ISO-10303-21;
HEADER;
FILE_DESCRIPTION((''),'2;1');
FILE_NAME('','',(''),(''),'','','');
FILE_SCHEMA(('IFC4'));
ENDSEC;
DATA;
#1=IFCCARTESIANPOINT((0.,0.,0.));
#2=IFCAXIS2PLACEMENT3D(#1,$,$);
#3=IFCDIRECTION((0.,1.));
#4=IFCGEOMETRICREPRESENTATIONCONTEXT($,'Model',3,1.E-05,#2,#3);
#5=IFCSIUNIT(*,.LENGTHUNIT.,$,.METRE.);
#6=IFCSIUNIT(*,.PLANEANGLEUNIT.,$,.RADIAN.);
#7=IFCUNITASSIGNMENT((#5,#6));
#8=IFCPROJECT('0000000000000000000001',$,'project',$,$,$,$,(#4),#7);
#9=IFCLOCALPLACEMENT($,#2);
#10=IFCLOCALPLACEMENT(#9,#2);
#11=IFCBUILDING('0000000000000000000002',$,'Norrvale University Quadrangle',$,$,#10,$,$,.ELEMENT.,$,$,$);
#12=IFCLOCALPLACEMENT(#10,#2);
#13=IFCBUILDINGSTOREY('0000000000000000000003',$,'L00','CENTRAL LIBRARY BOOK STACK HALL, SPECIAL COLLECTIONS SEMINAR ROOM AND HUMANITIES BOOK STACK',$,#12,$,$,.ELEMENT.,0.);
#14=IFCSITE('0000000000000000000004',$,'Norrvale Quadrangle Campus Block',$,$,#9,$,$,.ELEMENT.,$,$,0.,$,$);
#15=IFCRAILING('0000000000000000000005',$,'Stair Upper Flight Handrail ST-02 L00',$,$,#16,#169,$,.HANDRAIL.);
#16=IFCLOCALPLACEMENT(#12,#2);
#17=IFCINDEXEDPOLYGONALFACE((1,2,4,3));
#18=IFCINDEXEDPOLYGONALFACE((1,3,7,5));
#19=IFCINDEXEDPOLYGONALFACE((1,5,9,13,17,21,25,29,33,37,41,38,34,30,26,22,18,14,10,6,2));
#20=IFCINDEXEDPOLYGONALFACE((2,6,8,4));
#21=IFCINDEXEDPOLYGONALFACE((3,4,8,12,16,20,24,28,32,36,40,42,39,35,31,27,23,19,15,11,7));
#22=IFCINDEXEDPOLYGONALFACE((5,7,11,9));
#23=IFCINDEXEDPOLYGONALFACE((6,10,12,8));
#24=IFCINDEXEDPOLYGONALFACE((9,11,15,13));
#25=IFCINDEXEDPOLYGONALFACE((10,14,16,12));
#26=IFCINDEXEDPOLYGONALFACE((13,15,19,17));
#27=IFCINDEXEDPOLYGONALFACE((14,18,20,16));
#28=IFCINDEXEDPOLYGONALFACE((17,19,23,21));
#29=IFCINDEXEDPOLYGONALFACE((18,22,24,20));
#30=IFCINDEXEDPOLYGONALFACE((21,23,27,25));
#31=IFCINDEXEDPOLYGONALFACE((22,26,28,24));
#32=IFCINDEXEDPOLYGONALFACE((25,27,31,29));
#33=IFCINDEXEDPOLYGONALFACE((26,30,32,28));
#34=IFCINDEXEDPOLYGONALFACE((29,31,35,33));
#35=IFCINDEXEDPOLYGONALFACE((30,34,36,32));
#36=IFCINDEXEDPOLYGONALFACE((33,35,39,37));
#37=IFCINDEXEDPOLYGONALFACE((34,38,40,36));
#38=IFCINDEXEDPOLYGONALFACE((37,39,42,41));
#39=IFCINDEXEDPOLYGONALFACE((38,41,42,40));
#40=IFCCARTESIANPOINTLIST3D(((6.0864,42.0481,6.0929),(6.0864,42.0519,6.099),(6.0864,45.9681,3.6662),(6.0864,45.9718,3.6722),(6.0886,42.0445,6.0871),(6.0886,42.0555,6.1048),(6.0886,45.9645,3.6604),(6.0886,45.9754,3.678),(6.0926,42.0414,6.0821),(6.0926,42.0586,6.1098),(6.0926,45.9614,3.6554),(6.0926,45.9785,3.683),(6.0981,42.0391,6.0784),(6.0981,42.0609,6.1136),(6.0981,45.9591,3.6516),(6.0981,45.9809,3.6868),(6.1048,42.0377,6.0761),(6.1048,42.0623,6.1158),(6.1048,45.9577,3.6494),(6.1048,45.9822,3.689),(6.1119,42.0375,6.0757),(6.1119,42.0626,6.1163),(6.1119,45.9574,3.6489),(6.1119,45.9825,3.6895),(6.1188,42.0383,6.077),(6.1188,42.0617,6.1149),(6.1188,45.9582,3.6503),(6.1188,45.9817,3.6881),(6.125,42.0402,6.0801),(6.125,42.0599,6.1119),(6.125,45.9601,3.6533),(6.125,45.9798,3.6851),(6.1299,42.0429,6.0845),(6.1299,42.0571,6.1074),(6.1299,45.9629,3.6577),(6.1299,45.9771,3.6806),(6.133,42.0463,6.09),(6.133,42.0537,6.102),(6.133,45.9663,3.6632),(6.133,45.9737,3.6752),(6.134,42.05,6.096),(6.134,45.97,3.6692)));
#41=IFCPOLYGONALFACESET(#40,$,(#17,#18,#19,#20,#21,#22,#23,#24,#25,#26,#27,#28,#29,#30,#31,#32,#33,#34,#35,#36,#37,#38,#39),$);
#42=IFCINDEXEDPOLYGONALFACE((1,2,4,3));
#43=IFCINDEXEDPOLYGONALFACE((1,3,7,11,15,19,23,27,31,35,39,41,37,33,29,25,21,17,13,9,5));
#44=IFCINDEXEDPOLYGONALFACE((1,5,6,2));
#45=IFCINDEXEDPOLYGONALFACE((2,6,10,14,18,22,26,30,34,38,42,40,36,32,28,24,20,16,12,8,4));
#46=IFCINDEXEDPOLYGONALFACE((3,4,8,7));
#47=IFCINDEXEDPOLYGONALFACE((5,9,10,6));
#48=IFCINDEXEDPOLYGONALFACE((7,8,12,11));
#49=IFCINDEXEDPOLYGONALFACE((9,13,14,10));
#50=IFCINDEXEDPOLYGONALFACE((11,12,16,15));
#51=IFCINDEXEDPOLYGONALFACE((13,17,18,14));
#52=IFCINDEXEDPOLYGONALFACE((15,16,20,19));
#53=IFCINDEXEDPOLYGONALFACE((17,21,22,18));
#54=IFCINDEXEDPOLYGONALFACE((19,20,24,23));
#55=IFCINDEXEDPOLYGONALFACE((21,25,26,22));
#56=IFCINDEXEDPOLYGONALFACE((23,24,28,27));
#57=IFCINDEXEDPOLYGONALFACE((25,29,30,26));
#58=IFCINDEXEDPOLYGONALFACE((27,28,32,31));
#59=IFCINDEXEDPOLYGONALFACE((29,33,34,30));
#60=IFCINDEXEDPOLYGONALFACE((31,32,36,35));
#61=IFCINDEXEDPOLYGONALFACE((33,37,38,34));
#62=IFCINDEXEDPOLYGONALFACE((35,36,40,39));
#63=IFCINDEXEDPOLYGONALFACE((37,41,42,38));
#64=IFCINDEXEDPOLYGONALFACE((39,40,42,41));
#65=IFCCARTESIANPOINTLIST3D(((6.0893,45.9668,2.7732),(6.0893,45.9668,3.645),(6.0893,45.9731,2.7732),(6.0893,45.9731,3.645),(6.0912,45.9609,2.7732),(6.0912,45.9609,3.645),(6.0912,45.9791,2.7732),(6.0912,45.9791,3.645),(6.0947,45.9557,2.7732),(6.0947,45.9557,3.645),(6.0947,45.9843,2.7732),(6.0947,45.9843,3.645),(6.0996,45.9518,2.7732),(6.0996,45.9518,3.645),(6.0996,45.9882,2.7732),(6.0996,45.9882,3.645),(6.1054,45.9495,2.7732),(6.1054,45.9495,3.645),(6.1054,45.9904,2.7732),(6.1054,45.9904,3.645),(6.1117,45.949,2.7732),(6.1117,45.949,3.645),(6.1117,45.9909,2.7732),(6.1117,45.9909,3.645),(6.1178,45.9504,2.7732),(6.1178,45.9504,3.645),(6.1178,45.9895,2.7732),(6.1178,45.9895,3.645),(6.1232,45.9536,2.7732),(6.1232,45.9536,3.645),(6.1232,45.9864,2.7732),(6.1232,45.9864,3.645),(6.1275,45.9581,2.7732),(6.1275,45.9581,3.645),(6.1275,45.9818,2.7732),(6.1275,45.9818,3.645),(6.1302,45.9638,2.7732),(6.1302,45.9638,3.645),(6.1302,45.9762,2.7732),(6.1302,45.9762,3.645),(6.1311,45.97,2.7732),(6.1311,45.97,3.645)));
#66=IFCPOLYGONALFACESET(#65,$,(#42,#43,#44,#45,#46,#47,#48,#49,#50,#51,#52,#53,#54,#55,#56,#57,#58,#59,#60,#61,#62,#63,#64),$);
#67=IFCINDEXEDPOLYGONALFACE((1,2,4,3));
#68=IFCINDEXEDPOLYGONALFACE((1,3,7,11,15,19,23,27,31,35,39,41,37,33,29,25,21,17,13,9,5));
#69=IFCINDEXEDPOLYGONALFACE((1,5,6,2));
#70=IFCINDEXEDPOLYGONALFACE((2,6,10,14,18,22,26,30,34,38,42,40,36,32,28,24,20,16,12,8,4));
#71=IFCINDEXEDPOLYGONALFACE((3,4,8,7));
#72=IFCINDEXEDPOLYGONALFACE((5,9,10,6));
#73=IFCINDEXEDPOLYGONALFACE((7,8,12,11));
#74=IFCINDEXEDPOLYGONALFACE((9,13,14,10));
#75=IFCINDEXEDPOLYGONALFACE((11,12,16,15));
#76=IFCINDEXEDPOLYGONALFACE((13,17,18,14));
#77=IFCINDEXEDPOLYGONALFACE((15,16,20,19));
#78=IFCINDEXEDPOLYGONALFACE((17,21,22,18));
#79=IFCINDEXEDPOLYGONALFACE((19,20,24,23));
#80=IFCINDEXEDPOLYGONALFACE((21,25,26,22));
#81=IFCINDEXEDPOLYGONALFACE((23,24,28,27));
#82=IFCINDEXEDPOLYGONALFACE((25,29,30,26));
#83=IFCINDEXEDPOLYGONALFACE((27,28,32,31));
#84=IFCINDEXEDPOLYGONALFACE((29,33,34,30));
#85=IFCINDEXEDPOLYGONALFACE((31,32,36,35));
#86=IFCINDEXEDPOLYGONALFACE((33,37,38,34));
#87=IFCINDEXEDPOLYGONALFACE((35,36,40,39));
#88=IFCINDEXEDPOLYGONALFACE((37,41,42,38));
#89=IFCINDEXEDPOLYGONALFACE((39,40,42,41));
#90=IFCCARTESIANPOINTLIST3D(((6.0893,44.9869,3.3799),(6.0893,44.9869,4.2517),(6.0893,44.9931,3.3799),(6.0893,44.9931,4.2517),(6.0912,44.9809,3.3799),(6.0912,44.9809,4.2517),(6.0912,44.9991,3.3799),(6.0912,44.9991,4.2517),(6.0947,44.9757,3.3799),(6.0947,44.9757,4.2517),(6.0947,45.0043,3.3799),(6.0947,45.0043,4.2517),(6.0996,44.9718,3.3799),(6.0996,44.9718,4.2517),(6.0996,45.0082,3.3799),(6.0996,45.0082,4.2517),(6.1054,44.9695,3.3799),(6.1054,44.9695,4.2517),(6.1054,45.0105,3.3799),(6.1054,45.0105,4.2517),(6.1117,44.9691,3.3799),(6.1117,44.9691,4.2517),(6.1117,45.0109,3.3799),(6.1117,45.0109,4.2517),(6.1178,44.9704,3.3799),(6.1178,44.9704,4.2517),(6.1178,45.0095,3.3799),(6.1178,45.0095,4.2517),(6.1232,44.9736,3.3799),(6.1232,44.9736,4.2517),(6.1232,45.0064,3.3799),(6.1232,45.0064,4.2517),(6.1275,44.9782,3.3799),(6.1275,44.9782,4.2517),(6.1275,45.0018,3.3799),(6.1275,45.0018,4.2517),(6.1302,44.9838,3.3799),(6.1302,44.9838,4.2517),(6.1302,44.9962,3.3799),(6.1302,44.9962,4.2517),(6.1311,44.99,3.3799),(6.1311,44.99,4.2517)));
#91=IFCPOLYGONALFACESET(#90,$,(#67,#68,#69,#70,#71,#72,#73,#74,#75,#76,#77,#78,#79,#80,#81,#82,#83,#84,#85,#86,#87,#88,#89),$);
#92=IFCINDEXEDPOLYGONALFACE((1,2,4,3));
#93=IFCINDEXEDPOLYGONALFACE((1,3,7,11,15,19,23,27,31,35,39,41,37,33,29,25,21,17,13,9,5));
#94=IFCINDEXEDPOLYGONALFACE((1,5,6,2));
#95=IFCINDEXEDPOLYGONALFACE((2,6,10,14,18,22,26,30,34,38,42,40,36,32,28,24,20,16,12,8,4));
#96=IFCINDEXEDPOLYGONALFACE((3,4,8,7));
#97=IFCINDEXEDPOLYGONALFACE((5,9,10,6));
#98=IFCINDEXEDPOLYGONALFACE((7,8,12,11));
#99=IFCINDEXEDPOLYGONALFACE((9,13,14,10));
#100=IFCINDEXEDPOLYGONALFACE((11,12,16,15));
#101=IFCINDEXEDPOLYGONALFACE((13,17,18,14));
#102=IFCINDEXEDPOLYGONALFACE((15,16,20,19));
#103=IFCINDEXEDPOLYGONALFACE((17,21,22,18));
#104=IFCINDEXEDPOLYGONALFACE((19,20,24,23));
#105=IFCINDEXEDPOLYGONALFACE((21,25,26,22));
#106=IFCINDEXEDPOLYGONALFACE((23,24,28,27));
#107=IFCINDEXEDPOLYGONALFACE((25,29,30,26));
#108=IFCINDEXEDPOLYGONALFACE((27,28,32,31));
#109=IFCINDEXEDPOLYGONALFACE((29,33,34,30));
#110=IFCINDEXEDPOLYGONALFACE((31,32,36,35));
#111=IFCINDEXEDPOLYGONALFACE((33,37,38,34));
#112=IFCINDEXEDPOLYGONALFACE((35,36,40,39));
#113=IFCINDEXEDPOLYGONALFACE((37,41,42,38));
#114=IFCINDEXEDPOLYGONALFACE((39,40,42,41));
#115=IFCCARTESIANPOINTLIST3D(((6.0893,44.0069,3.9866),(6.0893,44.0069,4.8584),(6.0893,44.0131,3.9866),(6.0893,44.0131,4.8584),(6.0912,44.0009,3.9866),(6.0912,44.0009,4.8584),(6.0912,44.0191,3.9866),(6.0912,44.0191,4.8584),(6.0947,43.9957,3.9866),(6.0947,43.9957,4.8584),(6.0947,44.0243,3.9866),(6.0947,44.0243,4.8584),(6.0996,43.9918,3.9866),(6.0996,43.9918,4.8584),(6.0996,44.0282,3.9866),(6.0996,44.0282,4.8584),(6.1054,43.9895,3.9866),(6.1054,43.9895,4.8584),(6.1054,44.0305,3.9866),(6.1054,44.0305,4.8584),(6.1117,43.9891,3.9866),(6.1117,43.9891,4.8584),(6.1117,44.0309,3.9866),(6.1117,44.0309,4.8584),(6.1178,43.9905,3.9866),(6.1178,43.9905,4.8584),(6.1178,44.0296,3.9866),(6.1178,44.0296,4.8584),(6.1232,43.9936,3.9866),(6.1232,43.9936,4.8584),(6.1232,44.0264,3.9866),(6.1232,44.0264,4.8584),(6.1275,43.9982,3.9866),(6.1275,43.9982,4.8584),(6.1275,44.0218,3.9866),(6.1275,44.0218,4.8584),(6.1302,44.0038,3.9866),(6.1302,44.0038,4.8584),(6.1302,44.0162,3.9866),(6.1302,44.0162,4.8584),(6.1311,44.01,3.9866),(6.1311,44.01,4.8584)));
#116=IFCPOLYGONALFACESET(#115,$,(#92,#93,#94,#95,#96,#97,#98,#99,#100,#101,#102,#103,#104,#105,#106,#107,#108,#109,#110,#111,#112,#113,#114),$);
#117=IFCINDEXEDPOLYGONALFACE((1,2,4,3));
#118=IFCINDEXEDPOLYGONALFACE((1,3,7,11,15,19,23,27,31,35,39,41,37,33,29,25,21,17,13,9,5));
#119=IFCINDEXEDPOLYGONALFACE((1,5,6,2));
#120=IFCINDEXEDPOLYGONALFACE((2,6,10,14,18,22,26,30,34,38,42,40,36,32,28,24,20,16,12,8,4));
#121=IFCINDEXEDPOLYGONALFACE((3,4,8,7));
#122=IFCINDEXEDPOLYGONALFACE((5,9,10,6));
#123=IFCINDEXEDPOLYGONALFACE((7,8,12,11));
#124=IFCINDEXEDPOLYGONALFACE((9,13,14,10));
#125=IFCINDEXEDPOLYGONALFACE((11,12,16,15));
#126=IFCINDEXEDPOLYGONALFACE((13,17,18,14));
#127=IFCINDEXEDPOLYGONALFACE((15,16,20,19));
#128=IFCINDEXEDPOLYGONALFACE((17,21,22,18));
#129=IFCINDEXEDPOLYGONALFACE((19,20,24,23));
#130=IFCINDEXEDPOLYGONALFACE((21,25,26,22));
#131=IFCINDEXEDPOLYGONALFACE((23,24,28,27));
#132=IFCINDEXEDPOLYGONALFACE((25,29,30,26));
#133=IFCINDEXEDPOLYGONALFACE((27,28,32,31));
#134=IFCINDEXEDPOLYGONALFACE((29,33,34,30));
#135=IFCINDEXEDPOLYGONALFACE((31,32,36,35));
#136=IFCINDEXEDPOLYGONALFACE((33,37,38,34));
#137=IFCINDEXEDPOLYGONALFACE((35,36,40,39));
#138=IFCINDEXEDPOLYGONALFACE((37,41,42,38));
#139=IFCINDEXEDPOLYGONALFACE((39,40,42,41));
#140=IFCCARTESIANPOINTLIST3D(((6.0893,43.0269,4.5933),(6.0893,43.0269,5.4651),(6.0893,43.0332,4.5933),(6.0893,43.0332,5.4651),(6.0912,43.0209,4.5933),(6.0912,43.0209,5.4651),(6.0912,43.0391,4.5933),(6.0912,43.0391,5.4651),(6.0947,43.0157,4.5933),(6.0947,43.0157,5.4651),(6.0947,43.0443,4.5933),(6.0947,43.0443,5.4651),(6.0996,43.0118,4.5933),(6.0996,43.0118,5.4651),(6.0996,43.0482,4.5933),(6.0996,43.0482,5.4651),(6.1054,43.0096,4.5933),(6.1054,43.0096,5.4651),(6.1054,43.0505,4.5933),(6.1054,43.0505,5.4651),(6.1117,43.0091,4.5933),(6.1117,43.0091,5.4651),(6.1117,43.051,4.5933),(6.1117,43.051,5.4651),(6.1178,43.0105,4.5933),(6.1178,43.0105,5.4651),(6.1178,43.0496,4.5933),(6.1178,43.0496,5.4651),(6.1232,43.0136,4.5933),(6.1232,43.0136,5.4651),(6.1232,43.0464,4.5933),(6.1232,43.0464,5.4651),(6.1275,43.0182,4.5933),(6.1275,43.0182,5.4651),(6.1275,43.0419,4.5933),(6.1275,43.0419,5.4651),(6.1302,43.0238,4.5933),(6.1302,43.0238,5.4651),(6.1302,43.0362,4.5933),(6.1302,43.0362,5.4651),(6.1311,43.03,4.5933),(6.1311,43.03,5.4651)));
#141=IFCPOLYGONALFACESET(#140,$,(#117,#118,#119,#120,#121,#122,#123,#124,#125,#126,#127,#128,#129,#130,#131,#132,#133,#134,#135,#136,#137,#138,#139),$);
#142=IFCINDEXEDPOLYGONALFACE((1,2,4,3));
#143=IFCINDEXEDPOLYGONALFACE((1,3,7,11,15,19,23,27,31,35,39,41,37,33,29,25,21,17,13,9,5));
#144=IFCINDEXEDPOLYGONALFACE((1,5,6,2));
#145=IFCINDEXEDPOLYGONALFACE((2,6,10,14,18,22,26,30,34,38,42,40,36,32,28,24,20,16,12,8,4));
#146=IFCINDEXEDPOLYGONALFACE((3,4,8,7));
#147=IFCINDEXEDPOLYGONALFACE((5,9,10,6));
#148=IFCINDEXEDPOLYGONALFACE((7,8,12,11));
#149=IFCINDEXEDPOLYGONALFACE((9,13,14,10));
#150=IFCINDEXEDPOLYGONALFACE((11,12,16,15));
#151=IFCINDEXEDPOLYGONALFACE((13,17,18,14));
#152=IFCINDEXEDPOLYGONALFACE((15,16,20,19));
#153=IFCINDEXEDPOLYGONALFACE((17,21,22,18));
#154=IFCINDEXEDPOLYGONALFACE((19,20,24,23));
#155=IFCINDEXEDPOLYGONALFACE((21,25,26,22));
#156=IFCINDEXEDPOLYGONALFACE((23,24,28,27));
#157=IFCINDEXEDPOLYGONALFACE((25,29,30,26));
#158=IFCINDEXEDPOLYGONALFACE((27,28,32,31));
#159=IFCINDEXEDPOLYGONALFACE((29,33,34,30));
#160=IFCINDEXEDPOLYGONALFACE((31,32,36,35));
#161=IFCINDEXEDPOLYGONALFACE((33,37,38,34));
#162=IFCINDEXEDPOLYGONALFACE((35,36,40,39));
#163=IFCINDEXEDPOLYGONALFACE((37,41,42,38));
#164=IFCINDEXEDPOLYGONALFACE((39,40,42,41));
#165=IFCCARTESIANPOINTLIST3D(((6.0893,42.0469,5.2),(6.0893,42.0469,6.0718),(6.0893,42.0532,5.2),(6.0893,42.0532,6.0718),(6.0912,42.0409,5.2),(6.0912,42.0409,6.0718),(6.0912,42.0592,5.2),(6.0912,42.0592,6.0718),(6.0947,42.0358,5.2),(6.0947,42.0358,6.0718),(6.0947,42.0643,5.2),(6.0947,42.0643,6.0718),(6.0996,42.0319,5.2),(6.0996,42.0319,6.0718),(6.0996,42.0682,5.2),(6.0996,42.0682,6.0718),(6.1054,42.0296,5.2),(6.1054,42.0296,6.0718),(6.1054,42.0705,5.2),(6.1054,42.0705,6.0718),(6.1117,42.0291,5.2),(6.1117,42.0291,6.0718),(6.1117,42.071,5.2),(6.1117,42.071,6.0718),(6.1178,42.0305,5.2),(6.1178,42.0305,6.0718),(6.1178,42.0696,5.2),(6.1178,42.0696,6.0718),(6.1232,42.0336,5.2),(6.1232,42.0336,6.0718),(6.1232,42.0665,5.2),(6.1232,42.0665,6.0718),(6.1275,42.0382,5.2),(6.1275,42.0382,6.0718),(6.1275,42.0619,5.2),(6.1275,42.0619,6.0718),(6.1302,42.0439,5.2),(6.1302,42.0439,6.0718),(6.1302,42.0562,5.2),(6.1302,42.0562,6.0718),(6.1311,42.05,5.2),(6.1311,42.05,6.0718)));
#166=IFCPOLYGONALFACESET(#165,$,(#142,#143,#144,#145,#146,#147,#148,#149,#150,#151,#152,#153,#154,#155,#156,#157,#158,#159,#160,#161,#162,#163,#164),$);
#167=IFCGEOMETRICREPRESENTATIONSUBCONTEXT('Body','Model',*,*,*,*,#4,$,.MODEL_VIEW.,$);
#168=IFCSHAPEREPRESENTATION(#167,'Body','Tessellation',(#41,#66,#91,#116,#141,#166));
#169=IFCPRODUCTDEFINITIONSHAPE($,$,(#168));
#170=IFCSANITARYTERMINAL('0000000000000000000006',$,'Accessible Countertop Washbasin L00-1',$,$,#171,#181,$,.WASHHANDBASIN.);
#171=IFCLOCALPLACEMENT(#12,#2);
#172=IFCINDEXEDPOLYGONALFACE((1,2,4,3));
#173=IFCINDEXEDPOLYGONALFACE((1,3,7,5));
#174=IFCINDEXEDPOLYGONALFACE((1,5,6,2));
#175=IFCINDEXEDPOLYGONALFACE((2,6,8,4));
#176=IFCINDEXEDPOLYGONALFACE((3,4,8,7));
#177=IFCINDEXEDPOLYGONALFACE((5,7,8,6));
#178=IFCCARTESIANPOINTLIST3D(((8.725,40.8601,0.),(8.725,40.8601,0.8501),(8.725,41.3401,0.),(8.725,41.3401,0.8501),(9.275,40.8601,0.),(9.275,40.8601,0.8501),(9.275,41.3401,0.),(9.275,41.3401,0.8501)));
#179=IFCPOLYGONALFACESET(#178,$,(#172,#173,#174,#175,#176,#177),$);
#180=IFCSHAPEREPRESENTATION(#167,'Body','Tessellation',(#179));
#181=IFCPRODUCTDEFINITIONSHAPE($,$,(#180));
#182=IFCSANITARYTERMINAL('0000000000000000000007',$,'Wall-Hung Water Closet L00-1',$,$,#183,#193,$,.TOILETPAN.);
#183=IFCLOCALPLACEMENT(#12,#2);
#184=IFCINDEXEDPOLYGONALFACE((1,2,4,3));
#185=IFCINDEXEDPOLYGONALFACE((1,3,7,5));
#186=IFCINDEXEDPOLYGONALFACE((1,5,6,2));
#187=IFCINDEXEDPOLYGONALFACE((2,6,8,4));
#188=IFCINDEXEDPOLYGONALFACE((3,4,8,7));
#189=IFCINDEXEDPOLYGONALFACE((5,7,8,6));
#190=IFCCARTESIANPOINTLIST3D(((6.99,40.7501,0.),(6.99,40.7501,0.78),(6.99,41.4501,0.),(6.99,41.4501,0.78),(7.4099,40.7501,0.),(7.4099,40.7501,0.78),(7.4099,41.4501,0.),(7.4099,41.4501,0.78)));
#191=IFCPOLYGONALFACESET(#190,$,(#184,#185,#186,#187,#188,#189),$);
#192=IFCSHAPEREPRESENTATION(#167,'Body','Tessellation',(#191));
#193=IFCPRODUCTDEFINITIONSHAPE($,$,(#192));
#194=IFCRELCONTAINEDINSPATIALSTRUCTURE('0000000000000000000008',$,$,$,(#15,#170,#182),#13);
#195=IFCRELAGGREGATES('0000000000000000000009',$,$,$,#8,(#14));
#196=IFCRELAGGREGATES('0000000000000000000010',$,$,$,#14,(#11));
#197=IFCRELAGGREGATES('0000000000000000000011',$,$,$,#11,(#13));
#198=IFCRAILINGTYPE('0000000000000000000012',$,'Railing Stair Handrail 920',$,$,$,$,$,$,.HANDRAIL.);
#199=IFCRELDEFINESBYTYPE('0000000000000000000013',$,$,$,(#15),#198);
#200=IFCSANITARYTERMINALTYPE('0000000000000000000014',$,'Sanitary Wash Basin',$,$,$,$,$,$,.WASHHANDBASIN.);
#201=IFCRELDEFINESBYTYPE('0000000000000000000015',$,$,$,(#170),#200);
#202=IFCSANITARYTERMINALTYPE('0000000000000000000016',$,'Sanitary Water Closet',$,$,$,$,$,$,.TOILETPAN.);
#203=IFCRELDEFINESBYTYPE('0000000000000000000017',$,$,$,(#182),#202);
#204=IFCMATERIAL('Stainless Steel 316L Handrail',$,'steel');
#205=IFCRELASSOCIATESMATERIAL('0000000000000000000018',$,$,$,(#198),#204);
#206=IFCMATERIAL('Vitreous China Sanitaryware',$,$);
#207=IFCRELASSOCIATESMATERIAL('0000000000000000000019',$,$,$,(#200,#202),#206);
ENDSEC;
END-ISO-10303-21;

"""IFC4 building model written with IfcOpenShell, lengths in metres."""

from ifc_helpers import new_model, si_unit, direction, frame, origin, origin_2d, place, context, subcontext, project, spatial, rectangle, circle, extrude, material, type_object, element, save


model = new_model("IFC4")

# Units and contexts
model_context = context("Model", 3, precision=1e-05, world=origin(), true_north=direction((0.0, 1.0)))
body_context = subcontext(model_context, "Body", "Model", "MODEL_VIEW")
ifc_project = project(units=[si_unit("LENGTHUNIT", "METRE"), si_unit("PLANEANGLEUNIT", "RADIAN")], contexts=[model_context])

# Site, building, storey
site_placement = place(None, origin())
site = spatial("IfcSite", under=ifc_project, at=site_placement, Name="Norrvale Quadrangle Campus Block", CompositionType="ELEMENT", RefElevation=0.0)
building_placement = place(site_placement, origin())
building = spatial("IfcBuilding", under=site, at=building_placement, Name="Norrvale University Quadrangle", CompositionType="ELEMENT")
storey_placement = place(building_placement, origin())
storey = spatial("IfcBuildingStorey", under=building, at=storey_placement, Name="L00", Description="CENTRAL LIBRARY BOOK STACK HALL, SPECIAL COLLECTIONS SEMINAR ROOM AND HUMANITIES BOOK STACK", CompositionType="ELEMENT", Elevation=0.0)

# Railing
ifc_material_1 = material(Name="Stainless Steel 316L Handrail", Category="steel")
railing_type_1 = type_object("IfcRailingType", Name="Railing Stair Handrail 920", PredefinedType="HANDRAIL", material=ifc_material_1)
railing_1_placement = place(storey_placement, frame((6.1101, 45.97, 2.7732)))
element("IfcRailing", 1, at=railing_1_placement, inside=storey, type_object=railing_type_1, Name="Stair Upper Flight Handrail ST-02 L00", PredefinedType="HANDRAIL", context=body_context, shape_type="SweptSolid", body=[
    extrude(circle(Radius=0.0239, at=origin_2d()), frame((0.0, 0.0, 0.896), z_axis=(0.0, -0.850252, 0.526376), x_axis=(1.0, 0.0, 0.0)), (0.0, 0.0, 1.0), 4.6104),
    extrude(circle(Radius=0.021, at=origin_2d()), origin(), (0.0, 0.0, 1.0), 0.8718),
    extrude(circle(Radius=0.021, at=origin_2d()), frame((0.0, -0.98, 0.6067)), (0.0, 0.0, 1.0), 0.8718),
    extrude(circle(Radius=0.021, at=origin_2d()), frame((0.0, -1.96, 1.2134)), (0.0, 0.0, 1.0), 0.8718),
    extrude(circle(Radius=0.021, at=origin_2d()), frame((0.0, -2.9399, 1.8201)), (0.0, 0.0, 1.0), 0.8718),
    extrude(circle(Radius=0.021, at=origin_2d()), frame((0.0, -3.9199, 2.4268)), (0.0, 0.0, 1.0), 0.8718),
])

# Sanitary terminals
ifc_material_2 = material(Name="Vitreous China Sanitaryware")
sanitary_terminal_type_1 = type_object("IfcSanitaryTerminalType", Name="Sanitary Wash Basin", PredefinedType="WASHHANDBASIN", material=ifc_material_2)
sanitary_terminal_1_placement = place(storey_placement, frame((9.0, 41.1001, 0.0), z_axis=(0.0, 0.0, 1.0), x_axis=(1.0, 0.0, 0.0)))
element("IfcSanitaryTerminal", 2, at=sanitary_terminal_1_placement, inside=storey, type_object=sanitary_terminal_type_1, Name="Accessible Countertop Washbasin L00-1", PredefinedType="WASHHANDBASIN", context=body_context, shape_type="SweptSolid", body=[
    extrude(rectangle(XDim=0.55, YDim=0.48, at=origin_2d()), origin(), (0.0, 0.0, 1.0), 0.8501),
])
sanitary_terminal_type_2 = type_object("IfcSanitaryTerminalType", Name="Sanitary Water Closet", PredefinedType="TOILETPAN", material=ifc_material_2)
sanitary_terminal_2_placement = place(storey_placement, frame((7.2, 41.1001, 0.0), z_axis=(0.0, 0.0, 1.0), x_axis=(1.0, 0.0, 0.0)))
element("IfcSanitaryTerminal", 3, at=sanitary_terminal_2_placement, inside=storey, type_object=sanitary_terminal_type_2, Name="Wall-Hung Water Closet L00-1", PredefinedType="TOILETPAN", context=body_context, shape_type="SweptSolid", body=[
    extrude(rectangle(XDim=0.4199, YDim=0.7, at=origin_2d()), origin(), (0.0, 0.0, 1.0), 0.78),
])

save(model, "model.ifc")
